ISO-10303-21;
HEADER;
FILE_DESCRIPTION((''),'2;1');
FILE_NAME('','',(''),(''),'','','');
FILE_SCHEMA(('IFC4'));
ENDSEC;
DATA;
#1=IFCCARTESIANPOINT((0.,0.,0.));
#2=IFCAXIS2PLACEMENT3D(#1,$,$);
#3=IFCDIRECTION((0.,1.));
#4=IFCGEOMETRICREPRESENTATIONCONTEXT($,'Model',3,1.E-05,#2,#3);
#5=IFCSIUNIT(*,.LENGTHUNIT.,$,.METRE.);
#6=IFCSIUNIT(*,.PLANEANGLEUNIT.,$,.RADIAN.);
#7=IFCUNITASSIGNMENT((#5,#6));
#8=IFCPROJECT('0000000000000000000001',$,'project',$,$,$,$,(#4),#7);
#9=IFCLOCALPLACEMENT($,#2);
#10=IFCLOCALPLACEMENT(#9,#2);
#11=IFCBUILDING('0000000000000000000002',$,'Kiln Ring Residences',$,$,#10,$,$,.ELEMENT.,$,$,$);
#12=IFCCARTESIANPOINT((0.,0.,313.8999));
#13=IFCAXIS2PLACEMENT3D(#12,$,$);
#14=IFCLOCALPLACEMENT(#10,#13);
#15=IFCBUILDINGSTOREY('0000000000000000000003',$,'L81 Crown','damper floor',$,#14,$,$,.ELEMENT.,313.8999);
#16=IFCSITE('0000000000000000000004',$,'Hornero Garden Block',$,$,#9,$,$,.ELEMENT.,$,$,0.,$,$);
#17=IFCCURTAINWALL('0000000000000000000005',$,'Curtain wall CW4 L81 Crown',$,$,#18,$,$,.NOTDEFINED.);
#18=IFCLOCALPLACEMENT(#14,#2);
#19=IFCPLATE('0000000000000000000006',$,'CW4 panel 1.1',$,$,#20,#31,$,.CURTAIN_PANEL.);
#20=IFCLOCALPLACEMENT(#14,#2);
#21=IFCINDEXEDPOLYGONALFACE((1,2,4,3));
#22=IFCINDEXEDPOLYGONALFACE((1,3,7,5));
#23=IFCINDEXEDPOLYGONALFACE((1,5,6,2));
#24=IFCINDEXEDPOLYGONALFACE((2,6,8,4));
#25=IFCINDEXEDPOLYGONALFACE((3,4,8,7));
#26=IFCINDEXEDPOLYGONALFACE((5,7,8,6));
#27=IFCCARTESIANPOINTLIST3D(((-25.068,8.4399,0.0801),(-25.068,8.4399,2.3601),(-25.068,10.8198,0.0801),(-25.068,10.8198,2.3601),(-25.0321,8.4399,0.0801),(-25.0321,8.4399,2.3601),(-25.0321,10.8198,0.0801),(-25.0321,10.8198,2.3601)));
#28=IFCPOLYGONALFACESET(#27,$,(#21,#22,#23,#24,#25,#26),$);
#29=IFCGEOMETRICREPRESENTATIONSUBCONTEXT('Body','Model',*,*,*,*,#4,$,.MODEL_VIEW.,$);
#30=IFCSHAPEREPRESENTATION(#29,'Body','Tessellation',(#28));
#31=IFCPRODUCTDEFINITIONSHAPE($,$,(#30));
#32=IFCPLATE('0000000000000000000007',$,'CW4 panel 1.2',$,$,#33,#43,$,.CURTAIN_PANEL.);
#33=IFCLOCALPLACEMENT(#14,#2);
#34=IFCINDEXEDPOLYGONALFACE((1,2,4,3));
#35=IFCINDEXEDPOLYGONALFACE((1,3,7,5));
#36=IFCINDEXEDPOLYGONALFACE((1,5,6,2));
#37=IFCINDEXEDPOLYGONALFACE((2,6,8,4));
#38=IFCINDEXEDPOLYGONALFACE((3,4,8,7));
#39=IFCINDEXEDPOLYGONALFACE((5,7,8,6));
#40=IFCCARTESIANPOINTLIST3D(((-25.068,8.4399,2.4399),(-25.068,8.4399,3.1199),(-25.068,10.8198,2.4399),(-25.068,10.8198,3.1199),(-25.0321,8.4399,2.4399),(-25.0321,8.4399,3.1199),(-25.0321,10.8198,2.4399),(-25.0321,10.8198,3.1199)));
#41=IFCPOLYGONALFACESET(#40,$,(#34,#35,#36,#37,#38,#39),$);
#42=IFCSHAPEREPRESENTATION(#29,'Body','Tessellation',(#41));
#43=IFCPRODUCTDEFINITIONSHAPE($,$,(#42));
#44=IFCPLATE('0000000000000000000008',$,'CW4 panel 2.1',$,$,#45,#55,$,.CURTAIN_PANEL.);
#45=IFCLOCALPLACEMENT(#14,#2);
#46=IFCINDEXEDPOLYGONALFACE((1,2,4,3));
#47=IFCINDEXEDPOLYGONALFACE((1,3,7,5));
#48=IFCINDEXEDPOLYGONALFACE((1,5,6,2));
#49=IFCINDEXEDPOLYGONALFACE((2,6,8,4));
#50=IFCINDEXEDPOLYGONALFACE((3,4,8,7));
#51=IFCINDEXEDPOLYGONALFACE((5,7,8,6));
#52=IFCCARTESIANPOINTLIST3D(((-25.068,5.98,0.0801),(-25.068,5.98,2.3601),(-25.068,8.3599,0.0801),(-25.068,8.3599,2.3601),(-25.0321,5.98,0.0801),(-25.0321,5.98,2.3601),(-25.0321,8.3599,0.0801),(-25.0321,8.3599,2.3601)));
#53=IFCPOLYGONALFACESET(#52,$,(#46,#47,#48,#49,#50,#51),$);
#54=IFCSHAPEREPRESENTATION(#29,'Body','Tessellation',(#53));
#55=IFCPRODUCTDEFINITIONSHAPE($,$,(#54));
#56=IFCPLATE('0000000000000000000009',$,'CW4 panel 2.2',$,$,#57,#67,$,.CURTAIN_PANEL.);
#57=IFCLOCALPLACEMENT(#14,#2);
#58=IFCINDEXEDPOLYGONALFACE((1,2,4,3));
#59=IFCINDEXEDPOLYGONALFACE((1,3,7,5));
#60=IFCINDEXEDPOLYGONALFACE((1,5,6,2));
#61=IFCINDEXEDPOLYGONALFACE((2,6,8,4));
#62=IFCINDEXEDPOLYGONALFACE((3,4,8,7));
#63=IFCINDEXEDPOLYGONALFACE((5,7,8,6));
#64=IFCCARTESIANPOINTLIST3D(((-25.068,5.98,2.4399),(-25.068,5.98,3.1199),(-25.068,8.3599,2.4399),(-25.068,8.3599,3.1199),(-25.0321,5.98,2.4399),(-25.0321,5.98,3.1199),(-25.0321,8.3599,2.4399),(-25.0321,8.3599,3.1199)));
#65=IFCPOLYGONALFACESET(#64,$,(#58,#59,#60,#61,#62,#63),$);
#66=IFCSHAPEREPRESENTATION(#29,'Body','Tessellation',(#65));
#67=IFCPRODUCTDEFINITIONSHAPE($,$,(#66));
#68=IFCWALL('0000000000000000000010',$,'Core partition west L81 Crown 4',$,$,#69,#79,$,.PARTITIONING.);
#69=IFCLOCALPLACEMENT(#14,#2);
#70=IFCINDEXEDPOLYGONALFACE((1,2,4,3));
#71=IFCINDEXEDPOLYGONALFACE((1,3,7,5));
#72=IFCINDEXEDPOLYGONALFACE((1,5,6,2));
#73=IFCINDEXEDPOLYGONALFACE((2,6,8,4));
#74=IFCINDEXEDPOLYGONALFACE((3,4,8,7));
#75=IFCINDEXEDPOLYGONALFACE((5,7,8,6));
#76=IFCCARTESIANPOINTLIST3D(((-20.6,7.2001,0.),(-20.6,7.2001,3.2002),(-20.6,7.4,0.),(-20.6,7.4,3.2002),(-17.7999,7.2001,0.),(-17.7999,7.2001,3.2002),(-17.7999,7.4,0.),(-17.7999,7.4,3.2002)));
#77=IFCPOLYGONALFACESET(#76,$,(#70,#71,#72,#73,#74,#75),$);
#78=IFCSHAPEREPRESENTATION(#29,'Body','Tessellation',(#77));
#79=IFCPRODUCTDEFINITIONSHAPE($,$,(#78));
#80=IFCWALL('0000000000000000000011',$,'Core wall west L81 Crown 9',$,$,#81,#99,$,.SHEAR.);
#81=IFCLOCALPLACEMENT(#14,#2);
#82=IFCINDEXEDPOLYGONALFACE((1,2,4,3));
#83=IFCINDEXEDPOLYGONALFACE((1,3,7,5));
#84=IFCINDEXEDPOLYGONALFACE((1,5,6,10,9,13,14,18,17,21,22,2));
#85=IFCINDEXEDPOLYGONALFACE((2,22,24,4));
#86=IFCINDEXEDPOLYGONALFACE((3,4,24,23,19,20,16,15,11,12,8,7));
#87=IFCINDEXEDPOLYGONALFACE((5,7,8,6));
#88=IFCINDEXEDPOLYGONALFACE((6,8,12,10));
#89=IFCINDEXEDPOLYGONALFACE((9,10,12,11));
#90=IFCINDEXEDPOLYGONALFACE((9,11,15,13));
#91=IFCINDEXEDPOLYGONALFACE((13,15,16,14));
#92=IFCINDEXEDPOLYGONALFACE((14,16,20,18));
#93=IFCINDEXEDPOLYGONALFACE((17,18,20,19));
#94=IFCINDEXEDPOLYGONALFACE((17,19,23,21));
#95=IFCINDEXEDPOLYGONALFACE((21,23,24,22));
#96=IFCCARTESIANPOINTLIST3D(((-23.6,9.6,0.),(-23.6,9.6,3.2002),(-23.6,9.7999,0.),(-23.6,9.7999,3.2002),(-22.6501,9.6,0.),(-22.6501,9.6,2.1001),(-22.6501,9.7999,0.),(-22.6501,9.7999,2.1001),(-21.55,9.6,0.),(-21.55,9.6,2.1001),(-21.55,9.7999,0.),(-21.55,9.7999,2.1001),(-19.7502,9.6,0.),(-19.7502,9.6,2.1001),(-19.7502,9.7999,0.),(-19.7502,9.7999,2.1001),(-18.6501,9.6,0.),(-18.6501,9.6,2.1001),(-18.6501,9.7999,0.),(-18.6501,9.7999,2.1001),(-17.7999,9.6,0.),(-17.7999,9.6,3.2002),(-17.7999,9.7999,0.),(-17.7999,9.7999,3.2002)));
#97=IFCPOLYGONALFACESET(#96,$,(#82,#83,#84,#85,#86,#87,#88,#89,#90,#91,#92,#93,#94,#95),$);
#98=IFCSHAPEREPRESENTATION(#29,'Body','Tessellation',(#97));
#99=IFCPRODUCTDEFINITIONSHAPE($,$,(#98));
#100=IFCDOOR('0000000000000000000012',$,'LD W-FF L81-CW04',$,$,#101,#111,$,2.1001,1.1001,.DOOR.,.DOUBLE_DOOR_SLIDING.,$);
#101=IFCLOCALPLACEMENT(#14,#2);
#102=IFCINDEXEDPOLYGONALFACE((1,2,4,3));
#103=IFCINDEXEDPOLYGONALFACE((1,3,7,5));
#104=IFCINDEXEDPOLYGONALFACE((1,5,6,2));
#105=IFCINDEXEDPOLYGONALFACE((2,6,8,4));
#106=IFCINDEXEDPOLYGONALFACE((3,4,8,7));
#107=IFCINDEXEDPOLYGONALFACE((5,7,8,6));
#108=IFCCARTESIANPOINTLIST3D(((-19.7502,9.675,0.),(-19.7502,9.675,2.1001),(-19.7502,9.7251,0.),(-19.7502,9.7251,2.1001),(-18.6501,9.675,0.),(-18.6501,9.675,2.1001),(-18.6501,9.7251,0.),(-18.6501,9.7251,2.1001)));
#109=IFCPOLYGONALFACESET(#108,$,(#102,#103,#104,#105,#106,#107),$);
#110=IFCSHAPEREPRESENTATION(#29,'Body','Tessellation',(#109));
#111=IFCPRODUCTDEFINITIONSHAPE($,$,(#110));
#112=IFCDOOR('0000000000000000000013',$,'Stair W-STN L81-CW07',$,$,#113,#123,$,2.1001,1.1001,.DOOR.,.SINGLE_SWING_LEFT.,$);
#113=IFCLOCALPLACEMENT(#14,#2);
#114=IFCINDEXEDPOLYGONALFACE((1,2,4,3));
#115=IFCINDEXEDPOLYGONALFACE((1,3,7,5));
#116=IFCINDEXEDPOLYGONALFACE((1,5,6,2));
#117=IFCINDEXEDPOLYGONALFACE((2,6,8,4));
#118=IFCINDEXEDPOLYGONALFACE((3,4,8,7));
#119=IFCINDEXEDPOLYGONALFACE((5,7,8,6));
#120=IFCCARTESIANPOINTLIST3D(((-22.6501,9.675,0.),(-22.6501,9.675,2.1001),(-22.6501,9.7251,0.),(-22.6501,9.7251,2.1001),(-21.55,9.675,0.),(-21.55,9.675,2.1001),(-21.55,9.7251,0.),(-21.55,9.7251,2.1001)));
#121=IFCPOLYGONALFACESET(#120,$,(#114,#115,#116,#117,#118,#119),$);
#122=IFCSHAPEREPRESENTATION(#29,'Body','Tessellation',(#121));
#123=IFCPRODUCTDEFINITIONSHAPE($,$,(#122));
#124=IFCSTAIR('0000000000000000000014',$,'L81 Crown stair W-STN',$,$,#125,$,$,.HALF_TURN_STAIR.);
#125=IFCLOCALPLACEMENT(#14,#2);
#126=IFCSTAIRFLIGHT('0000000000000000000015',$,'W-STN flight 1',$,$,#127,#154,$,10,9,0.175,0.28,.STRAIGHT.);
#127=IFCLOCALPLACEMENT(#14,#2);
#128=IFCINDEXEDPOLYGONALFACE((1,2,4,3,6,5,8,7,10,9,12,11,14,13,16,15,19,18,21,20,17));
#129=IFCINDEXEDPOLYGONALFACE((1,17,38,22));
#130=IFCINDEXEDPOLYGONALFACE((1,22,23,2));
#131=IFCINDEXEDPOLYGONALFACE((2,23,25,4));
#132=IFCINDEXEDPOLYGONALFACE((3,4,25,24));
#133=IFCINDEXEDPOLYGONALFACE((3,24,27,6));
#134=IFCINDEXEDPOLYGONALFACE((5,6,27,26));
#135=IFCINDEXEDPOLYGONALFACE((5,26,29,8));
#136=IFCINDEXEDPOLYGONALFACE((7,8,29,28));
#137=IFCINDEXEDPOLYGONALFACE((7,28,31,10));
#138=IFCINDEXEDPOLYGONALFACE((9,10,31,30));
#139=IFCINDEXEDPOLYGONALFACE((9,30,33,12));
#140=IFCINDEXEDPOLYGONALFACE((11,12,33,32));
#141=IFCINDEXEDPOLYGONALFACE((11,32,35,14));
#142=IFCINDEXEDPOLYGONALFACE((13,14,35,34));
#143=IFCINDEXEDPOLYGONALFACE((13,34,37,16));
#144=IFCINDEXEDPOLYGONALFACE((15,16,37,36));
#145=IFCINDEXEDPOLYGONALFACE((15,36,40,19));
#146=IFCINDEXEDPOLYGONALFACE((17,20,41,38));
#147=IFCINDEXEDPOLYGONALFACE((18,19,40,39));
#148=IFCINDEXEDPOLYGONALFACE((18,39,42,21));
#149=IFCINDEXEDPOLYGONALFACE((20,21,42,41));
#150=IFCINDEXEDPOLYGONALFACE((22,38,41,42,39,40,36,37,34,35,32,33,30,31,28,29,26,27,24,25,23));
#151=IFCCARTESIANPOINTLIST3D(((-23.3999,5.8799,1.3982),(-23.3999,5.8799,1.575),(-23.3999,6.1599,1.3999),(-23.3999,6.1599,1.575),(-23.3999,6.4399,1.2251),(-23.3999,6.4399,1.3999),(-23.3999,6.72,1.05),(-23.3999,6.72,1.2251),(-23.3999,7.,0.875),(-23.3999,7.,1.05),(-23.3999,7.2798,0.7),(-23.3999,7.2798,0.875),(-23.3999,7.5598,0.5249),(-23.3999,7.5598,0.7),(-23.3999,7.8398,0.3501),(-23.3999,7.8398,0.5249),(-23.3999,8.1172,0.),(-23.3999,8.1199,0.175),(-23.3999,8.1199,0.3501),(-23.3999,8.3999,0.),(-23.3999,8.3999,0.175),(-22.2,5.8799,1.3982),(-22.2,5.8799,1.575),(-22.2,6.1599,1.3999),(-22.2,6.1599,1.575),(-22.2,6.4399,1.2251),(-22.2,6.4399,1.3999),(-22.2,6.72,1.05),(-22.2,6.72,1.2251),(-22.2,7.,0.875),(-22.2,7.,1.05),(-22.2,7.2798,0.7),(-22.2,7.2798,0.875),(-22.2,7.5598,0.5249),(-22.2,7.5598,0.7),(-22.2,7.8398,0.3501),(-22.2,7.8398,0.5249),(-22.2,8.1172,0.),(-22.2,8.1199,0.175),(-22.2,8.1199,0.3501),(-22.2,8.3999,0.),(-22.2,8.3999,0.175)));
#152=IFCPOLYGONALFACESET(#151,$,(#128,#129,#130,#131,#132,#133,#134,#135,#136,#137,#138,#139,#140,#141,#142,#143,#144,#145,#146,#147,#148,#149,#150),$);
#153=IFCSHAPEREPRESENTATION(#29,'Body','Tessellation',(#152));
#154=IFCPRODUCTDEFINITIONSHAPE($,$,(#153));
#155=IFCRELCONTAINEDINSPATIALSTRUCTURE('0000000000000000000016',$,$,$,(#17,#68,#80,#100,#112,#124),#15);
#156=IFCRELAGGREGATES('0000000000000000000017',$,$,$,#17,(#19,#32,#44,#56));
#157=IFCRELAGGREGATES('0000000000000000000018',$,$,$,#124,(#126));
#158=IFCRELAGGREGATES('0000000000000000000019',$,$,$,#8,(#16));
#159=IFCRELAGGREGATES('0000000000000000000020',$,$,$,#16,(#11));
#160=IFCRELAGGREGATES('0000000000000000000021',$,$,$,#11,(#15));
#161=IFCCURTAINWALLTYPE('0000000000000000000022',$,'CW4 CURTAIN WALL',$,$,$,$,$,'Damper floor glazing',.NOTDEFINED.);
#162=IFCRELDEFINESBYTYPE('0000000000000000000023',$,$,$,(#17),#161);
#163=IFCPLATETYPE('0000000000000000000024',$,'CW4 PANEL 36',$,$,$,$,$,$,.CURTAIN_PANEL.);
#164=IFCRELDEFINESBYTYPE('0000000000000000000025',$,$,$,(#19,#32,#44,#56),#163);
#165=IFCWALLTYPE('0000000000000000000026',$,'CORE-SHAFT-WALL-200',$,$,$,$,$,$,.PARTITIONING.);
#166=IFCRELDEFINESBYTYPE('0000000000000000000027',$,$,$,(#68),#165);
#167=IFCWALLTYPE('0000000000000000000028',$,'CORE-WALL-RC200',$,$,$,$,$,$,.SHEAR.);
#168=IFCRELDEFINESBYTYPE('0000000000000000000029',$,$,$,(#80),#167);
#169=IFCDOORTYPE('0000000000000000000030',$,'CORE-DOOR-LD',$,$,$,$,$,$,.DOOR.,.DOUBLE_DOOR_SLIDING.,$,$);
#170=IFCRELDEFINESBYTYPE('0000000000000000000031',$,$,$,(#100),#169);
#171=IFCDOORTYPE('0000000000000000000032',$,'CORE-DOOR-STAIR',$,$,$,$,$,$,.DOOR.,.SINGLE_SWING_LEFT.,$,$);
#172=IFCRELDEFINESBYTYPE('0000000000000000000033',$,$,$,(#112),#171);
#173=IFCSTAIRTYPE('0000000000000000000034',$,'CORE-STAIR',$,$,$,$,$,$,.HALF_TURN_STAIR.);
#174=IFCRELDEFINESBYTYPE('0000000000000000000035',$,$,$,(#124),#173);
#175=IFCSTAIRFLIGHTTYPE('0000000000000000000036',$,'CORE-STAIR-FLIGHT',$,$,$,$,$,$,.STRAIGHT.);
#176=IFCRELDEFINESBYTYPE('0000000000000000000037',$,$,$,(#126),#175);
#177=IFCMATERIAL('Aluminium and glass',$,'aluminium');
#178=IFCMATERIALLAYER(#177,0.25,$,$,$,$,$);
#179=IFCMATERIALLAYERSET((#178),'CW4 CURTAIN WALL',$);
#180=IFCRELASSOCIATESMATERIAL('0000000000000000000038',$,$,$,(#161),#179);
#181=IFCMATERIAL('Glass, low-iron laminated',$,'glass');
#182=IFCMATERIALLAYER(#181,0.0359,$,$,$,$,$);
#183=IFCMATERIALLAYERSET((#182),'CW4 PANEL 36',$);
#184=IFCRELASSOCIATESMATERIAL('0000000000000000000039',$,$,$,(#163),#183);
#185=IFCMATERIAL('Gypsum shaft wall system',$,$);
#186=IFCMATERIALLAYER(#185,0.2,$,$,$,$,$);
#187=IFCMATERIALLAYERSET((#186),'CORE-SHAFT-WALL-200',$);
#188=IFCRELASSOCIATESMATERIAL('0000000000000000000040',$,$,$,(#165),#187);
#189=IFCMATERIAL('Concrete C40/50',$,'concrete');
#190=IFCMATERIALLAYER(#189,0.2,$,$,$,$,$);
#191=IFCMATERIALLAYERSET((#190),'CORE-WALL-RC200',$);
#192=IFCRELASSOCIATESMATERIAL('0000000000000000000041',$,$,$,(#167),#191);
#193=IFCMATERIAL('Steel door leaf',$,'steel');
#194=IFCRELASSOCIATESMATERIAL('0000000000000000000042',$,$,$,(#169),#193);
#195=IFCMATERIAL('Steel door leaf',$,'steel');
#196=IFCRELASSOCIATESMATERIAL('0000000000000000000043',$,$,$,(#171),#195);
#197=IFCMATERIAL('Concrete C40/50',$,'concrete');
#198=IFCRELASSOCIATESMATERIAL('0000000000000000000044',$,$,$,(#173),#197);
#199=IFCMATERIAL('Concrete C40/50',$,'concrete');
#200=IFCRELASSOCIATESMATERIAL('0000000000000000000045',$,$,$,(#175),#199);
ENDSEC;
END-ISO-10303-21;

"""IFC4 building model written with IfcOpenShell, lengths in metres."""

from ifc_helpers import new_model, si_unit, direction, frame, frame_2d, origin, origin_2d, place, context, subcontext, project, spatial, polyline, rectangle, outline, extrude, material, layer, layer_set, type_object, element, fill, aggregate, save


model = new_model("IFC4")

# Units and contexts
model_context = context("Model", 3, precision=1e-05, world=origin(), true_north=direction((0.0, 1.0)))
body_context = subcontext(model_context, "Body", "Model", "MODEL_VIEW")
ifc_project = project(units=[si_unit("LENGTHUNIT", "METRE"), si_unit("PLANEANGLEUNIT", "RADIAN")], contexts=[model_context])

# Site, building, storey
site_placement = place(None, origin())
site = spatial("IfcSite", under=ifc_project, at=site_placement, Name="Hornero Garden Block", CompositionType="ELEMENT", RefElevation=0.0)
building_placement = place(site_placement, origin())
building = spatial("IfcBuilding", under=site, at=building_placement, Name="Kiln Ring Residences", CompositionType="ELEMENT")
storey_placement = place(building_placement, frame((0.0, 0.0, 313.8999)))
storey = spatial("IfcBuildingStorey", under=building, at=storey_placement, Name="L81 Crown", Description="damper floor", CompositionType="ELEMENT", Elevation=313.8999)

# Shared definitions
ifc_material_1 = material(Name="Aluminium and glass", Category="aluminium")
ifc_layer_1 = layer(ifc_material_1, 0.25)
ifc_layer_set_1 = layer_set([ifc_layer_1], Name="CW4 CURTAIN WALL")
curtain_wall_type = type_object("IfcCurtainWallType", Name="CW4 CURTAIN WALL", ElementType="Damper floor glazing", PredefinedType="NOTDEFINED", material=ifc_layer_set_1)
placement = place(storey_placement, origin())

# Curtain wall
curtain_wall_1 = element("IfcCurtainWall", 1, at=placement, inside=storey, type_object=curtain_wall_type, Name="Curtain wall CW4 L81 Crown", PredefinedType="NOTDEFINED")

# Plates
ifc_material_2 = material(Name="Glass, low-iron laminated", Category="glass")
ifc_layer_2 = layer(ifc_material_2, 0.0359)
ifc_layer_set_2 = layer_set([ifc_layer_2], Name="CW4 PANEL 36")
plate_type = type_object("IfcPlateType", Name="CW4 PANEL 36", PredefinedType="CURTAIN_PANEL", material=ifc_layer_set_2)
plate_1_placement = place(storey_placement, frame((-25.05, 9.6299, 0.0801), z_axis=(0.0, 0.0, 1.0), x_axis=(0.0, -1.0, 0.0)))
plate_1 = element("IfcPlate", 2, at=plate_1_placement, type_object=plate_type, Name="CW4 panel 1.1", PredefinedType="CURTAIN_PANEL", context=body_context, shape_type="SweptSolid", body=[
    extrude(rectangle(XDim=2.3799, YDim=0.0359, at=origin_2d()), origin(), (0.0, 0.0, 1.0), 2.28),
])
plate_2_placement = place(storey_placement, frame((-25.05, 9.6299, 2.4399), z_axis=(0.0, 0.0, 1.0), x_axis=(0.0, -1.0, 0.0)))
plate_2 = element("IfcPlate", 3, at=plate_2_placement, type_object=plate_type, Name="CW4 panel 1.2", PredefinedType="CURTAIN_PANEL", context=body_context, shape_type="SweptSolid", body=[
    extrude(rectangle(XDim=2.3799, YDim=0.0359, at=origin_2d()), origin(), (0.0, 0.0, 1.0), 0.6799),
])
plate_3_placement = place(storey_placement, frame((-25.05, 7.1699, 0.0801), z_axis=(0.0, 0.0, 1.0), x_axis=(0.0, -1.0, 0.0)))
plate_3 = element("IfcPlate", 4, at=plate_3_placement, type_object=plate_type, Name="CW4 panel 2.1", PredefinedType="CURTAIN_PANEL", context=body_context, shape_type="SweptSolid", body=[
    extrude(rectangle(XDim=2.3799, YDim=0.0359, at=origin_2d()), origin(), (0.0, 0.0, 1.0), 2.28),
])
plate_4_placement = place(storey_placement, frame((-25.05, 7.1699, 2.4399), z_axis=(0.0, 0.0, 1.0), x_axis=(0.0, -1.0, 0.0)))
plate_4 = element("IfcPlate", 5, at=plate_4_placement, type_object=plate_type, Name="CW4 panel 2.2", PredefinedType="CURTAIN_PANEL", context=body_context, shape_type="SweptSolid", body=[
    extrude(rectangle(XDim=2.3799, YDim=0.0359, at=origin_2d()), origin(), (0.0, 0.0, 1.0), 0.6799),
])
aggregate(curtain_wall_1, [plate_1, plate_2, plate_3, plate_4])

# Wall
ifc_material_3 = material(Name="Gypsum shaft wall system")
ifc_layer_3 = layer(ifc_material_3, 0.2)
ifc_layer_set_3 = layer_set([ifc_layer_3], Name="CORE-SHAFT-WALL-200")
wall_type_1 = type_object("IfcWallType", Name="CORE-SHAFT-WALL-200", PredefinedType="PARTITIONING", material=ifc_layer_set_3)
wall_1_placement = place(storey_placement, frame((-17.8, 7.3, 0.0), z_axis=(0.0, 0.0, 1.0), x_axis=(-1.0, 0.0, 0.0)))
element("IfcWall", 6, at=wall_1_placement, inside=storey, type_object=wall_type_1, Name="Core partition west L81 Crown 4", PredefinedType="PARTITIONING", context=body_context, shape_type="SweptSolid", body=[
    extrude(rectangle(XDim=2.8, YDim=0.2, at=frame_2d((1.3999, 0.0))), origin(), (0.0, 0.0, 1.0), 3.2002),
])

# Wall, openings, doors
ifc_material_4 = material(Name="Concrete C40/50", Category="concrete")
ifc_layer_4 = layer(ifc_material_4, 0.2)
ifc_layer_set_4 = layer_set([ifc_layer_4], Name="CORE-WALL-RC200")
wall_type_2 = type_object("IfcWallType", Name="CORE-WALL-RC200", PredefinedType="SHEAR", material=ifc_layer_set_4)
wall_2_placement = place(storey_placement, frame((-17.8, 9.7, 0.0), z_axis=(0.0, 0.0, 1.0), x_axis=(-1.0, 0.0, 0.0)))
wall_2 = element("IfcWall", 7, at=wall_2_placement, inside=storey, type_object=wall_type_2, Name="Core wall west L81 Crown 9", PredefinedType="SHEAR", context=body_context, shape_type="SweptSolid", body=[
    extrude(rectangle(XDim=5.8, YDim=0.2, at=frame_2d((2.8999, 0.0))), origin(), (0.0, 0.0, 1.0), 3.2002),
])
opening_1_placement = place(wall_2_placement, frame((0.8501, 0.0, 0.0)))
opening_1 = element("IfcOpeningElement", 8, at=opening_1_placement, cuts=wall_2, PredefinedType="OPENING", context=body_context, shape_type="SweptSolid", body=[
    extrude(rectangle(XDim=1.1001, YDim=2.1001, at=frame_2d((0.55, 1.05))), frame((0.0, 0.1099, 0.0), z_axis=(0.0, -1.0, 0.0), x_axis=(1.0, 0.0, 0.0)), (0.0, 0.0, 1.0), 0.22),
])
opening_2_placement = place(wall_2_placement, frame((3.75, 0.0, 0.0)))
opening_2 = element("IfcOpeningElement", 9, at=opening_2_placement, cuts=wall_2, PredefinedType="OPENING", context=body_context, shape_type="SweptSolid", body=[
    extrude(rectangle(XDim=1.1001, YDim=2.1001, at=frame_2d((0.55, 1.05))), frame((0.0, 0.1099, 0.0), z_axis=(0.0, -1.0, 0.0), x_axis=(1.0, 0.0, 0.0)), (0.0, 0.0, 1.0), 0.22),
])
ifc_material_5 = material(Name="Steel door leaf", Category="steel")
door_type_1 = type_object("IfcDoorType", Name="CORE-DOOR-LD", OperationType="DOUBLE_DOOR_SLIDING", PredefinedType="DOOR", material=ifc_material_5)
door_1_placement = place(opening_1_placement, origin())
door_1 = element("IfcDoor", 10, at=door_1_placement, inside=storey, type_object=door_type_1, Name="LD W-FF L81-CW04", OperationType="DOUBLE_DOOR_SLIDING", OverallHeight=2.1001, OverallWidth=1.1001, PredefinedType="DOOR", context=body_context, shape_type="SweptSolid", body=[
    extrude(rectangle(XDim=1.1001, YDim=2.1001, at=frame_2d((0.55, 1.05))), frame((0.0, 0.0249, 0.0), z_axis=(0.0, -1.0, 0.0), x_axis=(1.0, 0.0, 0.0)), (0.0, 0.0, 1.0), 0.05),
])
fill(opening_1, door_1)
ifc_material_6 = material(Name="Steel door leaf", Category="steel")
door_type_2 = type_object("IfcDoorType", Name="CORE-DOOR-STAIR", OperationType="SINGLE_SWING_LEFT", PredefinedType="DOOR", material=ifc_material_6)
door_2_placement = place(opening_2_placement, origin())
door_2 = element("IfcDoor", 11, at=door_2_placement, inside=storey, type_object=door_type_2, Name="Stair W-STN L81-CW07", OperationType="SINGLE_SWING_LEFT", OverallHeight=2.1001, OverallWidth=1.1001, PredefinedType="DOOR", context=body_context, shape_type="SweptSolid", body=[
    extrude(rectangle(XDim=1.1001, YDim=2.1001, at=frame_2d((0.55, 1.05))), frame((0.0, 0.0249, 0.0), z_axis=(0.0, -1.0, 0.0), x_axis=(1.0, 0.0, 0.0)), (0.0, 0.0, 1.0), 0.05),
])
fill(opening_2, door_2)

# Stair, stair flight
ifc_material_7 = material(Name="Concrete C40/50", Category="concrete")
stair_type = type_object("IfcStairType", Name="CORE-STAIR", PredefinedType="HALF_TURN_STAIR", material=ifc_material_7)
stair = element("IfcStair", 12, at=placement, inside=storey, type_object=stair_type, Name="L81 Crown stair W-STN", PredefinedType="HALF_TURN_STAIR")
ifc_material_8 = material(Name="Concrete C40/50", Category="concrete")
stair_flight_type = type_object("IfcStairFlightType", Name="CORE-STAIR-FLIGHT", PredefinedType="STRAIGHT", material=ifc_material_8)
stair_flight_1_placement = place(storey_placement, frame((-22.8, 8.3999, 0.0), z_axis=(0.0, 0.0, 1.0), x_axis=(0.0, -1.0, 0.0)))
stair_flight_1 = element("IfcStairFlight", 13, at=stair_flight_1_placement, type_object=stair_flight_type, Name="W-STN flight 1", NumberOfRisers=10, NumberOfTreads=9, PredefinedType="STRAIGHT", RiserHeight=0.175, TreadLength=0.28, context=body_context, shape_type="SweptSolid", body=[
    extrude(outline(polyline([(0.0, 0.0), (0.0, 0.175), (0.28, 0.175), (0.28, 0.3501), (0.5601, 0.3501), (0.5601, 0.5249), (0.8401, 0.5249), (0.8401, 0.7), (1.1201, 0.7), (1.1201, 0.875), (1.3999, 0.875), (1.3999, 1.05), (1.6799, 1.05), (1.6799, 1.2251), (1.96, 1.2251), (1.96, 1.3999), (2.24, 1.3999), (2.24, 1.575), (2.52, 1.575), (2.52, 1.75), (2.52, 1.3982), (0.2827, 0.0), (0.0, 0.0)])), frame((0.0, 0.6001, 0.0), z_axis=(0.0, -1.0, 0.0), x_axis=(1.0, 0.0, 0.0)), (0.0, 0.0, 1.0), 1.2),
])
aggregate(stair, [stair_flight_1])

save(model, "model.ifc")
